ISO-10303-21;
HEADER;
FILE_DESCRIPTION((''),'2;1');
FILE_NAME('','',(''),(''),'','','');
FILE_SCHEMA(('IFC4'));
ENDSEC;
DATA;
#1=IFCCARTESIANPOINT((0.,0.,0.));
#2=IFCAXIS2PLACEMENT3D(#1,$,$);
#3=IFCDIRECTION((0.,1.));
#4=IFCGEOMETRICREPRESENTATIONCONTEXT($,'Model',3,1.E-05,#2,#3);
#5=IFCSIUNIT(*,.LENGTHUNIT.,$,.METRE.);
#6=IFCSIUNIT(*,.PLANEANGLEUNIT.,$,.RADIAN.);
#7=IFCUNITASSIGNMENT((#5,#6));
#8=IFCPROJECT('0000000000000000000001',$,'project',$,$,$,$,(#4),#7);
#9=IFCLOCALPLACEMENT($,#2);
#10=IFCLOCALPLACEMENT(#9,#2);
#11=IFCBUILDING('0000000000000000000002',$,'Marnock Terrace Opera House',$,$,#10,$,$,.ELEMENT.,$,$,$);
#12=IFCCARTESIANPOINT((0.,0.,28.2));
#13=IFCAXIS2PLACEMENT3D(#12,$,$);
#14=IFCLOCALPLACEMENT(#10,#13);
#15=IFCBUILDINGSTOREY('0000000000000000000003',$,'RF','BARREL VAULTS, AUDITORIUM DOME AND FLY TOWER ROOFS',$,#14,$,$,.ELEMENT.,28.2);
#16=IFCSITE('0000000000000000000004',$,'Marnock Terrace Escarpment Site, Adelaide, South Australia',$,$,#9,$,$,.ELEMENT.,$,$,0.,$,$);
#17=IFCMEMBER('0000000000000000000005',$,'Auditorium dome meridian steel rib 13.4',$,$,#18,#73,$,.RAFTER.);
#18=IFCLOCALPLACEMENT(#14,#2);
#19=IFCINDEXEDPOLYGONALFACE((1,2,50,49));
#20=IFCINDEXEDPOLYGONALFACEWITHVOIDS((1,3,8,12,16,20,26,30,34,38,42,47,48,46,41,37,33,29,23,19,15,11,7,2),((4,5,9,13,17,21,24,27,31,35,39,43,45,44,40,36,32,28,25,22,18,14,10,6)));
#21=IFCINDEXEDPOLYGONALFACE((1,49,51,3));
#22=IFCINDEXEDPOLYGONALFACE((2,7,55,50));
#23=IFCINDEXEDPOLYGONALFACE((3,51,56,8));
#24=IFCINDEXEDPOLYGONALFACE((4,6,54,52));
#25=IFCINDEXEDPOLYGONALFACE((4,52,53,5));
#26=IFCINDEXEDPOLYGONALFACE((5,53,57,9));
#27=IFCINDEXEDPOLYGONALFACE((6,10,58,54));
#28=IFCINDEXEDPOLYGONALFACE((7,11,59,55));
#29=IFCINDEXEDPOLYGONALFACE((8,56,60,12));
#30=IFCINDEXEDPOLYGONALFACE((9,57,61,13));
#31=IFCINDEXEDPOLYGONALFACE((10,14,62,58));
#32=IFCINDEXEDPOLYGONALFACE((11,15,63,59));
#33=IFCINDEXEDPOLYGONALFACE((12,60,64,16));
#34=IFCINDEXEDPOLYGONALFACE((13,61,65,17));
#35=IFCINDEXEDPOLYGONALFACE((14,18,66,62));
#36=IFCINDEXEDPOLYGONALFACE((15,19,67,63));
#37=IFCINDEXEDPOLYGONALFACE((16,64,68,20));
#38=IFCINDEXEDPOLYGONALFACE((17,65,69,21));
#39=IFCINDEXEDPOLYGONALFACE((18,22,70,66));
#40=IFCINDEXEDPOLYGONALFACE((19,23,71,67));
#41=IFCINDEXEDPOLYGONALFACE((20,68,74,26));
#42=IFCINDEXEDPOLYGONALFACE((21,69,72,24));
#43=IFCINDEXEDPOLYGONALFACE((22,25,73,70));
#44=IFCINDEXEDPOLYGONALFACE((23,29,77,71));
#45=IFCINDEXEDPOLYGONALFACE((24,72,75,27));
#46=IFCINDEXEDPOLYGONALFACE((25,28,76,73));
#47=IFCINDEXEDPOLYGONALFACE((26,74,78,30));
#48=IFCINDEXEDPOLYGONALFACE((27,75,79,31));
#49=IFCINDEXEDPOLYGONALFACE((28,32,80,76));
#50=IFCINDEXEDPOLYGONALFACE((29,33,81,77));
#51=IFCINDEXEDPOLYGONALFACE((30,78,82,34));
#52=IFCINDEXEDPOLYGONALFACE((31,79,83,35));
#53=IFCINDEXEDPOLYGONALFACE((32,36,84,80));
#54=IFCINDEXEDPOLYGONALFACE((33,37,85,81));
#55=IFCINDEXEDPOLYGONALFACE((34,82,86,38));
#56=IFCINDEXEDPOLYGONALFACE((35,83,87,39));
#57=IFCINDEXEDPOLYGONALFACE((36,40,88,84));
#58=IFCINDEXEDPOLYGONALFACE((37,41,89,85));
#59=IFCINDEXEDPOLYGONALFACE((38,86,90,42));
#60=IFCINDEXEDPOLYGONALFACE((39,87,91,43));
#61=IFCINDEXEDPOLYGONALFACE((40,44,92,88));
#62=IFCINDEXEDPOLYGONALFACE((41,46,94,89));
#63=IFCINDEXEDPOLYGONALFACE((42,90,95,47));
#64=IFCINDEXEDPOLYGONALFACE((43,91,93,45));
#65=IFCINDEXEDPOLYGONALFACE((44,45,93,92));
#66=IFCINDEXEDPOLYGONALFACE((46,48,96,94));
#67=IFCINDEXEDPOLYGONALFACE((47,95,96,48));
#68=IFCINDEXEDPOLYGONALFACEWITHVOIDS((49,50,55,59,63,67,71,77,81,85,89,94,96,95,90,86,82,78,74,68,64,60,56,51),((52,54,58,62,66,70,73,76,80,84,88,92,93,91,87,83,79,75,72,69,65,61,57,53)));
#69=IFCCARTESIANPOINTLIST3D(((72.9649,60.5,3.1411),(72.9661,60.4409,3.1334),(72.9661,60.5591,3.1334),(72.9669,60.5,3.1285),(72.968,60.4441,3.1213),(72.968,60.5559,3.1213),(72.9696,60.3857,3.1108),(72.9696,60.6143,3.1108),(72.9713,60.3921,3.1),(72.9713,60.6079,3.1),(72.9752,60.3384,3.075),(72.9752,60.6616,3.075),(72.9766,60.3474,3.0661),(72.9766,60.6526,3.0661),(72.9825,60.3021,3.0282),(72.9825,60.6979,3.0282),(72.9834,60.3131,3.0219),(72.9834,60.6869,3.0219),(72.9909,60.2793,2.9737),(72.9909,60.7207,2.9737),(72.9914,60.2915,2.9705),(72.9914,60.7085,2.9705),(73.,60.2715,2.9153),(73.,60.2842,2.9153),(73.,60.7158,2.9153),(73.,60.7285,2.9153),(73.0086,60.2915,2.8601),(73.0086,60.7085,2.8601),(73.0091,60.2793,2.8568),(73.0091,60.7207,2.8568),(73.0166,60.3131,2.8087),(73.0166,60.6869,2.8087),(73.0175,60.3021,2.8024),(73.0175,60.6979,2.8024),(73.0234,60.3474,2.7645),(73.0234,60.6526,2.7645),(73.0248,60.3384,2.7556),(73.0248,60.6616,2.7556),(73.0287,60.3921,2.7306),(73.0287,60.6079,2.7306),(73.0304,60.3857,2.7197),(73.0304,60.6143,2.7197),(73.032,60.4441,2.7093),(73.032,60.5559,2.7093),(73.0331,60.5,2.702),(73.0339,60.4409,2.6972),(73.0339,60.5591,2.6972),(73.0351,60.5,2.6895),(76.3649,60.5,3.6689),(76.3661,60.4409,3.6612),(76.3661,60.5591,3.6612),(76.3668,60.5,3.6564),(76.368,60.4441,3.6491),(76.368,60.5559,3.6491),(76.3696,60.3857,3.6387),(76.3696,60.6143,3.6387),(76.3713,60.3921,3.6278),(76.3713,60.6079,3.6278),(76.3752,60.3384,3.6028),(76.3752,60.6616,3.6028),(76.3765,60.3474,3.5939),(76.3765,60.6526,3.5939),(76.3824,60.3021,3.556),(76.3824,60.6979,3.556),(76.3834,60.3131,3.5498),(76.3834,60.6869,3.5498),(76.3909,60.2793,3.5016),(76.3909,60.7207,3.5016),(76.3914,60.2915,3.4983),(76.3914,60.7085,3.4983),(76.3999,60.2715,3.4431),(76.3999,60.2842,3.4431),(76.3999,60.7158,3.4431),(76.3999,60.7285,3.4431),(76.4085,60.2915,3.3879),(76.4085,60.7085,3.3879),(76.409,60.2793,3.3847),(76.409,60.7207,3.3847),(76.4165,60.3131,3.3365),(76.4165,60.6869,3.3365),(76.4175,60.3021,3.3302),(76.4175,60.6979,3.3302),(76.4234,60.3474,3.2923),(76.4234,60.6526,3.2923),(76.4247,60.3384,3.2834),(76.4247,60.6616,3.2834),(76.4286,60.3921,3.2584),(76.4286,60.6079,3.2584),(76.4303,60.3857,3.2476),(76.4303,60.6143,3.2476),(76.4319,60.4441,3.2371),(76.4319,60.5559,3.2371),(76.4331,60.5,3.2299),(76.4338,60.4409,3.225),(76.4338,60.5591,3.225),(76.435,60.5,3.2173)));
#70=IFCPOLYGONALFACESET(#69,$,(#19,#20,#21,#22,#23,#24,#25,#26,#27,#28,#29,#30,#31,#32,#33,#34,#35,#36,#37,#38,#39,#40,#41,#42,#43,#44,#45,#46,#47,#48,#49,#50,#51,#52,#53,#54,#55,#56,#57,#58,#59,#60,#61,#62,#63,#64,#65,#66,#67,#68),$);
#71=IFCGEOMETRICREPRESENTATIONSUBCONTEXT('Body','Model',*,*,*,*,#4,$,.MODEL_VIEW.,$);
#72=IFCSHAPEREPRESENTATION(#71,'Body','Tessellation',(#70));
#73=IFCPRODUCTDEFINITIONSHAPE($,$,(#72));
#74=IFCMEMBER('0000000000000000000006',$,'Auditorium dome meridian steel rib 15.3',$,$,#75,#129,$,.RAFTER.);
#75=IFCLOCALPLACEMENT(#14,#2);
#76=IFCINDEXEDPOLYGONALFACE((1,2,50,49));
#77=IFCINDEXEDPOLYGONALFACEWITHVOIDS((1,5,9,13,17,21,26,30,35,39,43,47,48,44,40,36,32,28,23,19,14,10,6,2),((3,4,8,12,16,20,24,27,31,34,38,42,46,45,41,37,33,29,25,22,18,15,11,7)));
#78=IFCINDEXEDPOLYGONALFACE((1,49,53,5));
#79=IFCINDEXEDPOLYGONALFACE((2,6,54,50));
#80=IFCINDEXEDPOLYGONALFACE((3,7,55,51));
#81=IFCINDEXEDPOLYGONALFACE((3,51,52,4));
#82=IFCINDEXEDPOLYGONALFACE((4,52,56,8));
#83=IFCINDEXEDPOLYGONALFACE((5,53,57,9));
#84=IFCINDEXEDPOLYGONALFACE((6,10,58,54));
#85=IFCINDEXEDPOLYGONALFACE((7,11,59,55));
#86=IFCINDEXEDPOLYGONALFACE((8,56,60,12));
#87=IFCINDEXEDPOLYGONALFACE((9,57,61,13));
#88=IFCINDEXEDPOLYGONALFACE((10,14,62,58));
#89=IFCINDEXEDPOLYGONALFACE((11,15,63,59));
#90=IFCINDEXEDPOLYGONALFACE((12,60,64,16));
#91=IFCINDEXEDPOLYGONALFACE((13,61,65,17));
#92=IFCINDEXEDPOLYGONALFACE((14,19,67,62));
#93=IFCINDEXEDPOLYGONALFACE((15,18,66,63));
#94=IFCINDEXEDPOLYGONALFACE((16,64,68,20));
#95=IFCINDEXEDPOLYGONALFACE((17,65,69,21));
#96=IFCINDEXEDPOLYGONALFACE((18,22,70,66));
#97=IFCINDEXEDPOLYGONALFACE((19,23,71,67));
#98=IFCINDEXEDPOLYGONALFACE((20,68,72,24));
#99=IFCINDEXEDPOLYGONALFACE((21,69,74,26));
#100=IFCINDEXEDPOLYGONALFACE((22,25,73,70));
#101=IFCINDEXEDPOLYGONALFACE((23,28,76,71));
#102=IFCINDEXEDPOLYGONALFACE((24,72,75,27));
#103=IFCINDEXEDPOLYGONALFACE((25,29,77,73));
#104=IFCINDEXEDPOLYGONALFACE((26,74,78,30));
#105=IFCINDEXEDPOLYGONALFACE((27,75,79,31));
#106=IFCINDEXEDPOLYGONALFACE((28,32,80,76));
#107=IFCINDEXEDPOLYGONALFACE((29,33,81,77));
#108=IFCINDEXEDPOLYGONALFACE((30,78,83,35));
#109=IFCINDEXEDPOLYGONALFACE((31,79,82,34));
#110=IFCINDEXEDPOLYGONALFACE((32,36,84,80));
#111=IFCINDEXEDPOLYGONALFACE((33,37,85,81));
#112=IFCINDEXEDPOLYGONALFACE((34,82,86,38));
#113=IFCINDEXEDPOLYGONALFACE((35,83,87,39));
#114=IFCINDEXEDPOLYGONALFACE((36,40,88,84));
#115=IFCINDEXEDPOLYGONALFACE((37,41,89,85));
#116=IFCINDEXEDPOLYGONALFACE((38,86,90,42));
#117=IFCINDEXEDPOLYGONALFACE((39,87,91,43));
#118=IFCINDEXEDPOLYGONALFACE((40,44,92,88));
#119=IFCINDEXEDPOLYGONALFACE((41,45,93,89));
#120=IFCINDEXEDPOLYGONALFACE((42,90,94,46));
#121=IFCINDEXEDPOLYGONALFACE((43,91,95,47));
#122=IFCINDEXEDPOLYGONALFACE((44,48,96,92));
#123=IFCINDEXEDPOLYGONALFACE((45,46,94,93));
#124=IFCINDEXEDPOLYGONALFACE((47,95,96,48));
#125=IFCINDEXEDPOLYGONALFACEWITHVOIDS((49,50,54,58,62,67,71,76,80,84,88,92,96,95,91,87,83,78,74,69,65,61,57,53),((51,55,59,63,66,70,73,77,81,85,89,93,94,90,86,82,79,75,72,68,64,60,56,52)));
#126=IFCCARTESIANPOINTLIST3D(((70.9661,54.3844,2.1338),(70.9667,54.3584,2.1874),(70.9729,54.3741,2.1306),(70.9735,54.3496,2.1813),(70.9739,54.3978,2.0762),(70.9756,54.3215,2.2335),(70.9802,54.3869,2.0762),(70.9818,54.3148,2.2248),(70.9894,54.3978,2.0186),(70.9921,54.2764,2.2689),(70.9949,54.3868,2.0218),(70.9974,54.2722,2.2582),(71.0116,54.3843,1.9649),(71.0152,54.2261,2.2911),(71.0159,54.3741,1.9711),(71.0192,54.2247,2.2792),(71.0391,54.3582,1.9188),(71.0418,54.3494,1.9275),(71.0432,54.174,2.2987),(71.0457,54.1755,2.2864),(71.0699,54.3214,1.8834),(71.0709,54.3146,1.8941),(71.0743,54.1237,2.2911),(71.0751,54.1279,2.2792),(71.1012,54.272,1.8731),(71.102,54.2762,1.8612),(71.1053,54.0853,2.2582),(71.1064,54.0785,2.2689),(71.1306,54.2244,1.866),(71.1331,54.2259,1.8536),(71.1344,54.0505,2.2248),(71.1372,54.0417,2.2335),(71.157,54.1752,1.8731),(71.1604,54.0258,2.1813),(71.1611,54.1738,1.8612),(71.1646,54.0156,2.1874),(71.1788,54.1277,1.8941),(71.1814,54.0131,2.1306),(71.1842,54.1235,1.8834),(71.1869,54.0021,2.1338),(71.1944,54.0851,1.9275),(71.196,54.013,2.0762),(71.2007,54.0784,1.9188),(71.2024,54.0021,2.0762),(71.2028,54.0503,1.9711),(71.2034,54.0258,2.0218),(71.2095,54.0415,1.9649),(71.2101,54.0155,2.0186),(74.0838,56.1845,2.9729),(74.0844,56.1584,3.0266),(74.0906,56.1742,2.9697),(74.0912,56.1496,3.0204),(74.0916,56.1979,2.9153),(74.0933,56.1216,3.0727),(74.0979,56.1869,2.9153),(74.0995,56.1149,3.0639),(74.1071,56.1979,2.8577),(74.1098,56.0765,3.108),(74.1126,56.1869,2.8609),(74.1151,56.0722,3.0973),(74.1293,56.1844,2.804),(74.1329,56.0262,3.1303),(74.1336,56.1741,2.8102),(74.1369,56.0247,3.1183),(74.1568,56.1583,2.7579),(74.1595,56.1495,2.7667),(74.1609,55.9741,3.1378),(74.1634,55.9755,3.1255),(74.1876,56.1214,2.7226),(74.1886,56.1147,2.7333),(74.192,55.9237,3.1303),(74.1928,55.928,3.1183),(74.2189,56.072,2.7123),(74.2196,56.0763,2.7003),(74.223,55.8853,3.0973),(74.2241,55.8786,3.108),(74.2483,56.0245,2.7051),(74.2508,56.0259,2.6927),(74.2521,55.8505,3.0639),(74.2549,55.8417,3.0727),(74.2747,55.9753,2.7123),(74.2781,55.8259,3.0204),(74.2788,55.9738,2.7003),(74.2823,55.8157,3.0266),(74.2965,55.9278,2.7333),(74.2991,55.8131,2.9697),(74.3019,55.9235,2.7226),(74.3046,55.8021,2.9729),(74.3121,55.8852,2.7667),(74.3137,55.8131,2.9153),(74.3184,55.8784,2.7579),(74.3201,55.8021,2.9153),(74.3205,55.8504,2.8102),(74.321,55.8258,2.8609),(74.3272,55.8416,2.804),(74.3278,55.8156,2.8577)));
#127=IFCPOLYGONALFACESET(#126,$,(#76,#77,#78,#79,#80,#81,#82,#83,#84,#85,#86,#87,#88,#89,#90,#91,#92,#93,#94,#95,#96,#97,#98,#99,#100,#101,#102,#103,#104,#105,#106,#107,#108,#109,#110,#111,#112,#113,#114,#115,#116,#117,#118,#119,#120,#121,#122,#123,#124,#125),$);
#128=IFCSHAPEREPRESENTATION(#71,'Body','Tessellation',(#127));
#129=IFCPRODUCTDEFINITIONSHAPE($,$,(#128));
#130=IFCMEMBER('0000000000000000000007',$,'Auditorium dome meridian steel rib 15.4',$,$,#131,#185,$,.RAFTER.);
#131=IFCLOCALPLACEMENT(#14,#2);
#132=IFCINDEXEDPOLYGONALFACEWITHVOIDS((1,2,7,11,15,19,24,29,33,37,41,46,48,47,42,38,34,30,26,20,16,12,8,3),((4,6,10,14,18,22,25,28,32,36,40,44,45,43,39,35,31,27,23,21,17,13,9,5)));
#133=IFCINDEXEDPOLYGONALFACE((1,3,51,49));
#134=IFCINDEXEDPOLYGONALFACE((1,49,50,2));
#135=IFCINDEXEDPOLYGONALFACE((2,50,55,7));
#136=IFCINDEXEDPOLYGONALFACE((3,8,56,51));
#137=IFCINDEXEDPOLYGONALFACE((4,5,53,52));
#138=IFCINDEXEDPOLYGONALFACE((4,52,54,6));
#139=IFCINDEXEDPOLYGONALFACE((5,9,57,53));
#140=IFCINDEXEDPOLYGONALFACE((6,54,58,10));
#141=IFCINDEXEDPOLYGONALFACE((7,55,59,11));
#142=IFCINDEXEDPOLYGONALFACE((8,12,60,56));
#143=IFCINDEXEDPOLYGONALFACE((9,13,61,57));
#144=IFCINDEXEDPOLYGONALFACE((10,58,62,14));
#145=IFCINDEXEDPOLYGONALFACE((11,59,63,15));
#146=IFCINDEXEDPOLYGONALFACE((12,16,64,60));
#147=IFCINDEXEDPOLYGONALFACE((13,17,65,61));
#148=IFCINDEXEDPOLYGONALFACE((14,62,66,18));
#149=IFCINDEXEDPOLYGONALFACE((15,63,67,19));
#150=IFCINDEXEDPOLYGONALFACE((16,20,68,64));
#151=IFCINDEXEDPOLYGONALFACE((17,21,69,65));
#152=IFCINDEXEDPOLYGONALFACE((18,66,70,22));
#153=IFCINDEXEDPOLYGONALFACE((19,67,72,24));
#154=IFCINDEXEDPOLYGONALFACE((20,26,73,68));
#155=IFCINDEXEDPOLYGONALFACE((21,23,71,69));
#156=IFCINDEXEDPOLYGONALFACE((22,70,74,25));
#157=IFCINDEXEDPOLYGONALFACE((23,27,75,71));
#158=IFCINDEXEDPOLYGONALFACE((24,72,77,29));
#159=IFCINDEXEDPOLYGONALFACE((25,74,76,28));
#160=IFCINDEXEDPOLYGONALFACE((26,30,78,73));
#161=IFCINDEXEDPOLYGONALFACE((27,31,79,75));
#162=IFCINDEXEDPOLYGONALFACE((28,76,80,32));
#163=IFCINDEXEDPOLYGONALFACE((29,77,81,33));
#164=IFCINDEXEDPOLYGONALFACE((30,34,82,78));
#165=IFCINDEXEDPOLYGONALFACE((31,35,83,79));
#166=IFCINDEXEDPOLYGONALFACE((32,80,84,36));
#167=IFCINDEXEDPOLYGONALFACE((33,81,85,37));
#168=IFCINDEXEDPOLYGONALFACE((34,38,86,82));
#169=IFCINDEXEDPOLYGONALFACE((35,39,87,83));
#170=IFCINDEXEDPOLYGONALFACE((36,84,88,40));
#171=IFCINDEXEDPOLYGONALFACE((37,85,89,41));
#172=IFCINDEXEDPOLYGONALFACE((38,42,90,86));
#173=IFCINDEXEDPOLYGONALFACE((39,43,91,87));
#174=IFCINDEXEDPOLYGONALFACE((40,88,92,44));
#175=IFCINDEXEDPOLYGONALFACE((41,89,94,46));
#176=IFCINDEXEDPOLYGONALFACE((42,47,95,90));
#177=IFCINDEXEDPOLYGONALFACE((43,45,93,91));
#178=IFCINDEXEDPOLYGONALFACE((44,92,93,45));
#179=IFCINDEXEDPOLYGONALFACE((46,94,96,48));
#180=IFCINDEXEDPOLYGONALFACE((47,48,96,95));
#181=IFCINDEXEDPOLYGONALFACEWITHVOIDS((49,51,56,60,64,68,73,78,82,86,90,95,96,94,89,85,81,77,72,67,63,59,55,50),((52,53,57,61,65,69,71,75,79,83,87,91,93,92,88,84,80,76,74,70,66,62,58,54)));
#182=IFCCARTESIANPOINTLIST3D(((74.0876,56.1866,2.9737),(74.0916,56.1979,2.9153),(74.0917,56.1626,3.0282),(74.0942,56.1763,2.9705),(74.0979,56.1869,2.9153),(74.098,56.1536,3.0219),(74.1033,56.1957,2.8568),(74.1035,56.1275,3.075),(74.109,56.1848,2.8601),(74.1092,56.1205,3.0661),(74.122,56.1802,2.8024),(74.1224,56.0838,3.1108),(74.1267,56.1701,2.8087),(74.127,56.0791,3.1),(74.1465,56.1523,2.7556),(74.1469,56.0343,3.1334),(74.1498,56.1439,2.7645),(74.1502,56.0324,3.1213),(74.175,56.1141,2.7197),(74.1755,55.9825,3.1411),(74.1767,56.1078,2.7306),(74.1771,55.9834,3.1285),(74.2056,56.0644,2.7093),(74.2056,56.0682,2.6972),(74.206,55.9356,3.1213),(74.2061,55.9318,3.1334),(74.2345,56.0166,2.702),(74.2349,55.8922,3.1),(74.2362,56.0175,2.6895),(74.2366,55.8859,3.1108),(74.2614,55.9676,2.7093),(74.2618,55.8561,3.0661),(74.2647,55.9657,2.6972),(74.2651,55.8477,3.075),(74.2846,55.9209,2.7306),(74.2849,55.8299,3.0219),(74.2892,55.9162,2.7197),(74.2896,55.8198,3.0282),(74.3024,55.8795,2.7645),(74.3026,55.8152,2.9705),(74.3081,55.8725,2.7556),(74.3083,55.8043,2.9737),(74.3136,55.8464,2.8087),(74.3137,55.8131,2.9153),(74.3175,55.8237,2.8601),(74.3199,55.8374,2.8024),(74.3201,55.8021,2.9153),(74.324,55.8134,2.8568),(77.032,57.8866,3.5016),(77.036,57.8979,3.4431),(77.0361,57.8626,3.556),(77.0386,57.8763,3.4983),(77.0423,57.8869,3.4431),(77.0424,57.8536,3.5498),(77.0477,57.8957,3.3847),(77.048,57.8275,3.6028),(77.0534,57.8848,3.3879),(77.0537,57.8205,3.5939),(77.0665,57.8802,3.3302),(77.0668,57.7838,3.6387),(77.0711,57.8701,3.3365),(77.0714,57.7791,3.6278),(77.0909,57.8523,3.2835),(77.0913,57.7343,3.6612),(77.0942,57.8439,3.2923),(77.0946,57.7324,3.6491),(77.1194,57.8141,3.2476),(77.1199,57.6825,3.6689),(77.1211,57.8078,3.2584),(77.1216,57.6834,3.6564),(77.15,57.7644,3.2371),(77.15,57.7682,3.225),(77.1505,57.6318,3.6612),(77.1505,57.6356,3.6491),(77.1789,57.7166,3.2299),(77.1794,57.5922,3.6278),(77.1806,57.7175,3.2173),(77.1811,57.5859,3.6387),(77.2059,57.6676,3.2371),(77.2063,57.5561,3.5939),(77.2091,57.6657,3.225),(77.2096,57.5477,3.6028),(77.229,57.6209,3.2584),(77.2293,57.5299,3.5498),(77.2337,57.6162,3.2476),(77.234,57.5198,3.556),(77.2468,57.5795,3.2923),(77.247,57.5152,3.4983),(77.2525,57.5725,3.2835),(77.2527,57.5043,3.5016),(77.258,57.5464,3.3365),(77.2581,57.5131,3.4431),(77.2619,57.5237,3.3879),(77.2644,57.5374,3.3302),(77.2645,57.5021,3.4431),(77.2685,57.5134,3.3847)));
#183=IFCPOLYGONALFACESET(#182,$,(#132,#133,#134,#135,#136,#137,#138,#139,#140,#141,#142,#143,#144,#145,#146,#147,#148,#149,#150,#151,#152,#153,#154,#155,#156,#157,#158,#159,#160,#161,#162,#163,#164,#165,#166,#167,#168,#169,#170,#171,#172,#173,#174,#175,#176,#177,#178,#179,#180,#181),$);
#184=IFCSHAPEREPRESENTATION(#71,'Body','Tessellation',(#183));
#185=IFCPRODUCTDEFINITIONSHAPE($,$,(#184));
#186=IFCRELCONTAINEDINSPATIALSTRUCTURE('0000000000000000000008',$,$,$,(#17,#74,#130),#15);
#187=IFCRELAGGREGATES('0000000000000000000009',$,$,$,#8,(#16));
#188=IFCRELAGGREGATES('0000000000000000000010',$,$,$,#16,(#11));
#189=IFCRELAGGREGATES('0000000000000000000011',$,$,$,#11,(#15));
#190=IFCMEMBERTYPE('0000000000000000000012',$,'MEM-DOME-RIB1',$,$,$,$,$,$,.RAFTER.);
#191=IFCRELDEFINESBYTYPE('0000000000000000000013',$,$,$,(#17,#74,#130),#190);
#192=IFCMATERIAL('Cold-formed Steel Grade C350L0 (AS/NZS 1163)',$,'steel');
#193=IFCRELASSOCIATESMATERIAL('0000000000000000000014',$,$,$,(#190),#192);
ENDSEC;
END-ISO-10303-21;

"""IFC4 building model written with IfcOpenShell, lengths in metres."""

from ifc_helpers import new_model, si_unit, direction, frame, origin, origin_2d, place, context, subcontext, project, spatial, hollow_circle, extrude, material, material_profile, profile_set, type_object, element, save


model = new_model("IFC4")

# Units and contexts
model_context = context("Model", 3, precision=1e-05, world=origin(), true_north=direction((0.0, 1.0)))
body_context = subcontext(model_context, "Body", "Model", "MODEL_VIEW")
ifc_project = project(units=[si_unit("LENGTHUNIT", "METRE"), si_unit("PLANEANGLEUNIT", "RADIAN")], contexts=[model_context])

# Site, building, storey
site_placement = place(None, origin())
site = spatial("IfcSite", under=ifc_project, at=site_placement, Name="Marnock Terrace Escarpment Site, Adelaide, South Australia", CompositionType="ELEMENT", RefElevation=0.0)
building_placement = place(site_placement, origin())
building = spatial("IfcBuilding", under=site, at=building_placement, Name="Marnock Terrace Opera House", CompositionType="ELEMENT")
storey_placement = place(building_placement, frame((0.0, 0.0, 28.2)))
storey = spatial("IfcBuildingStorey", under=building, at=storey_placement, Name="RF", Description="BARREL VAULTS, AUDITORIUM DOME AND FLY TOWER ROOFS", CompositionType="ELEMENT", Elevation=28.2)

# Members
ifc_material_1 = material(Name="Cold-formed Steel Grade C350L0 (AS/NZS 1163)", Category="steel")
ifc_material_profile_1 = material_profile(ifc_material_1, hollow_circle(Radius=0.2285, WallThickness=0.0127, at=origin_2d()))
ifc_profile_set_1 = profile_set([ifc_material_profile_1], Name="Cold-formed Steel Grade C350L0 (AS/NZS 1163)")
member_type_1 = type_object("IfcMemberType", Name="MEM-DOME-RIB1", PredefinedType="RAFTER", material=ifc_profile_set_1)
member_1_placement = place(storey_placement, frame((73.0, 60.5, 2.9153), z_axis=(0.988162, 0.0, 0.153411), x_axis=(0.0, 1.0, 0.0)))
element("IfcMember", 1, at=member_1_placement, inside=storey, type_object=member_type_1, Name="Auditorium dome meridian steel rib 13.4", PredefinedType="RAFTER", context=body_context, shape_type="SweptSolid", body=[
    extrude(hollow_circle(Radius=0.2285, WallThickness=0.0127, at=origin_2d()), origin(), (0.0, 0.0, 1.0), 3.4407),
])
member_2_placement = place(storey_placement, frame((71.0881, 54.2, 2.0762), z_axis=(0.843411, 0.486959, 0.227001), x_axis=(-0.500012, 0.866018, 0.0)))
element("IfcMember", 2, at=member_2_placement, inside=storey, type_object=member_type_1, Name="Auditorium dome meridian steel rib 15.3", PredefinedType="RAFTER", context=body_context, shape_type="SweptSolid", body=[
    extrude(hollow_circle(Radius=0.2285, WallThickness=0.0127, at=origin_2d()), origin(), (0.0, 0.0, 1.0), 3.6965),
])
member_3_placement = place(storey_placement, frame((74.2058, 56.0, 2.9153), z_axis=(0.855769, 0.494089, 0.153414), x_axis=(-0.500008, 0.866021, 0.0)))
element("IfcMember", 3, at=member_3_placement, inside=storey, type_object=member_type_1, Name="Auditorium dome meridian steel rib 15.4", PredefinedType="RAFTER", context=body_context, shape_type="SweptSolid", body=[
    extrude(hollow_circle(Radius=0.2285, WallThickness=0.0127, at=origin_2d()), origin(), (0.0, 0.0, 1.0), 3.4407),
])

save(model, "model.ifc")
